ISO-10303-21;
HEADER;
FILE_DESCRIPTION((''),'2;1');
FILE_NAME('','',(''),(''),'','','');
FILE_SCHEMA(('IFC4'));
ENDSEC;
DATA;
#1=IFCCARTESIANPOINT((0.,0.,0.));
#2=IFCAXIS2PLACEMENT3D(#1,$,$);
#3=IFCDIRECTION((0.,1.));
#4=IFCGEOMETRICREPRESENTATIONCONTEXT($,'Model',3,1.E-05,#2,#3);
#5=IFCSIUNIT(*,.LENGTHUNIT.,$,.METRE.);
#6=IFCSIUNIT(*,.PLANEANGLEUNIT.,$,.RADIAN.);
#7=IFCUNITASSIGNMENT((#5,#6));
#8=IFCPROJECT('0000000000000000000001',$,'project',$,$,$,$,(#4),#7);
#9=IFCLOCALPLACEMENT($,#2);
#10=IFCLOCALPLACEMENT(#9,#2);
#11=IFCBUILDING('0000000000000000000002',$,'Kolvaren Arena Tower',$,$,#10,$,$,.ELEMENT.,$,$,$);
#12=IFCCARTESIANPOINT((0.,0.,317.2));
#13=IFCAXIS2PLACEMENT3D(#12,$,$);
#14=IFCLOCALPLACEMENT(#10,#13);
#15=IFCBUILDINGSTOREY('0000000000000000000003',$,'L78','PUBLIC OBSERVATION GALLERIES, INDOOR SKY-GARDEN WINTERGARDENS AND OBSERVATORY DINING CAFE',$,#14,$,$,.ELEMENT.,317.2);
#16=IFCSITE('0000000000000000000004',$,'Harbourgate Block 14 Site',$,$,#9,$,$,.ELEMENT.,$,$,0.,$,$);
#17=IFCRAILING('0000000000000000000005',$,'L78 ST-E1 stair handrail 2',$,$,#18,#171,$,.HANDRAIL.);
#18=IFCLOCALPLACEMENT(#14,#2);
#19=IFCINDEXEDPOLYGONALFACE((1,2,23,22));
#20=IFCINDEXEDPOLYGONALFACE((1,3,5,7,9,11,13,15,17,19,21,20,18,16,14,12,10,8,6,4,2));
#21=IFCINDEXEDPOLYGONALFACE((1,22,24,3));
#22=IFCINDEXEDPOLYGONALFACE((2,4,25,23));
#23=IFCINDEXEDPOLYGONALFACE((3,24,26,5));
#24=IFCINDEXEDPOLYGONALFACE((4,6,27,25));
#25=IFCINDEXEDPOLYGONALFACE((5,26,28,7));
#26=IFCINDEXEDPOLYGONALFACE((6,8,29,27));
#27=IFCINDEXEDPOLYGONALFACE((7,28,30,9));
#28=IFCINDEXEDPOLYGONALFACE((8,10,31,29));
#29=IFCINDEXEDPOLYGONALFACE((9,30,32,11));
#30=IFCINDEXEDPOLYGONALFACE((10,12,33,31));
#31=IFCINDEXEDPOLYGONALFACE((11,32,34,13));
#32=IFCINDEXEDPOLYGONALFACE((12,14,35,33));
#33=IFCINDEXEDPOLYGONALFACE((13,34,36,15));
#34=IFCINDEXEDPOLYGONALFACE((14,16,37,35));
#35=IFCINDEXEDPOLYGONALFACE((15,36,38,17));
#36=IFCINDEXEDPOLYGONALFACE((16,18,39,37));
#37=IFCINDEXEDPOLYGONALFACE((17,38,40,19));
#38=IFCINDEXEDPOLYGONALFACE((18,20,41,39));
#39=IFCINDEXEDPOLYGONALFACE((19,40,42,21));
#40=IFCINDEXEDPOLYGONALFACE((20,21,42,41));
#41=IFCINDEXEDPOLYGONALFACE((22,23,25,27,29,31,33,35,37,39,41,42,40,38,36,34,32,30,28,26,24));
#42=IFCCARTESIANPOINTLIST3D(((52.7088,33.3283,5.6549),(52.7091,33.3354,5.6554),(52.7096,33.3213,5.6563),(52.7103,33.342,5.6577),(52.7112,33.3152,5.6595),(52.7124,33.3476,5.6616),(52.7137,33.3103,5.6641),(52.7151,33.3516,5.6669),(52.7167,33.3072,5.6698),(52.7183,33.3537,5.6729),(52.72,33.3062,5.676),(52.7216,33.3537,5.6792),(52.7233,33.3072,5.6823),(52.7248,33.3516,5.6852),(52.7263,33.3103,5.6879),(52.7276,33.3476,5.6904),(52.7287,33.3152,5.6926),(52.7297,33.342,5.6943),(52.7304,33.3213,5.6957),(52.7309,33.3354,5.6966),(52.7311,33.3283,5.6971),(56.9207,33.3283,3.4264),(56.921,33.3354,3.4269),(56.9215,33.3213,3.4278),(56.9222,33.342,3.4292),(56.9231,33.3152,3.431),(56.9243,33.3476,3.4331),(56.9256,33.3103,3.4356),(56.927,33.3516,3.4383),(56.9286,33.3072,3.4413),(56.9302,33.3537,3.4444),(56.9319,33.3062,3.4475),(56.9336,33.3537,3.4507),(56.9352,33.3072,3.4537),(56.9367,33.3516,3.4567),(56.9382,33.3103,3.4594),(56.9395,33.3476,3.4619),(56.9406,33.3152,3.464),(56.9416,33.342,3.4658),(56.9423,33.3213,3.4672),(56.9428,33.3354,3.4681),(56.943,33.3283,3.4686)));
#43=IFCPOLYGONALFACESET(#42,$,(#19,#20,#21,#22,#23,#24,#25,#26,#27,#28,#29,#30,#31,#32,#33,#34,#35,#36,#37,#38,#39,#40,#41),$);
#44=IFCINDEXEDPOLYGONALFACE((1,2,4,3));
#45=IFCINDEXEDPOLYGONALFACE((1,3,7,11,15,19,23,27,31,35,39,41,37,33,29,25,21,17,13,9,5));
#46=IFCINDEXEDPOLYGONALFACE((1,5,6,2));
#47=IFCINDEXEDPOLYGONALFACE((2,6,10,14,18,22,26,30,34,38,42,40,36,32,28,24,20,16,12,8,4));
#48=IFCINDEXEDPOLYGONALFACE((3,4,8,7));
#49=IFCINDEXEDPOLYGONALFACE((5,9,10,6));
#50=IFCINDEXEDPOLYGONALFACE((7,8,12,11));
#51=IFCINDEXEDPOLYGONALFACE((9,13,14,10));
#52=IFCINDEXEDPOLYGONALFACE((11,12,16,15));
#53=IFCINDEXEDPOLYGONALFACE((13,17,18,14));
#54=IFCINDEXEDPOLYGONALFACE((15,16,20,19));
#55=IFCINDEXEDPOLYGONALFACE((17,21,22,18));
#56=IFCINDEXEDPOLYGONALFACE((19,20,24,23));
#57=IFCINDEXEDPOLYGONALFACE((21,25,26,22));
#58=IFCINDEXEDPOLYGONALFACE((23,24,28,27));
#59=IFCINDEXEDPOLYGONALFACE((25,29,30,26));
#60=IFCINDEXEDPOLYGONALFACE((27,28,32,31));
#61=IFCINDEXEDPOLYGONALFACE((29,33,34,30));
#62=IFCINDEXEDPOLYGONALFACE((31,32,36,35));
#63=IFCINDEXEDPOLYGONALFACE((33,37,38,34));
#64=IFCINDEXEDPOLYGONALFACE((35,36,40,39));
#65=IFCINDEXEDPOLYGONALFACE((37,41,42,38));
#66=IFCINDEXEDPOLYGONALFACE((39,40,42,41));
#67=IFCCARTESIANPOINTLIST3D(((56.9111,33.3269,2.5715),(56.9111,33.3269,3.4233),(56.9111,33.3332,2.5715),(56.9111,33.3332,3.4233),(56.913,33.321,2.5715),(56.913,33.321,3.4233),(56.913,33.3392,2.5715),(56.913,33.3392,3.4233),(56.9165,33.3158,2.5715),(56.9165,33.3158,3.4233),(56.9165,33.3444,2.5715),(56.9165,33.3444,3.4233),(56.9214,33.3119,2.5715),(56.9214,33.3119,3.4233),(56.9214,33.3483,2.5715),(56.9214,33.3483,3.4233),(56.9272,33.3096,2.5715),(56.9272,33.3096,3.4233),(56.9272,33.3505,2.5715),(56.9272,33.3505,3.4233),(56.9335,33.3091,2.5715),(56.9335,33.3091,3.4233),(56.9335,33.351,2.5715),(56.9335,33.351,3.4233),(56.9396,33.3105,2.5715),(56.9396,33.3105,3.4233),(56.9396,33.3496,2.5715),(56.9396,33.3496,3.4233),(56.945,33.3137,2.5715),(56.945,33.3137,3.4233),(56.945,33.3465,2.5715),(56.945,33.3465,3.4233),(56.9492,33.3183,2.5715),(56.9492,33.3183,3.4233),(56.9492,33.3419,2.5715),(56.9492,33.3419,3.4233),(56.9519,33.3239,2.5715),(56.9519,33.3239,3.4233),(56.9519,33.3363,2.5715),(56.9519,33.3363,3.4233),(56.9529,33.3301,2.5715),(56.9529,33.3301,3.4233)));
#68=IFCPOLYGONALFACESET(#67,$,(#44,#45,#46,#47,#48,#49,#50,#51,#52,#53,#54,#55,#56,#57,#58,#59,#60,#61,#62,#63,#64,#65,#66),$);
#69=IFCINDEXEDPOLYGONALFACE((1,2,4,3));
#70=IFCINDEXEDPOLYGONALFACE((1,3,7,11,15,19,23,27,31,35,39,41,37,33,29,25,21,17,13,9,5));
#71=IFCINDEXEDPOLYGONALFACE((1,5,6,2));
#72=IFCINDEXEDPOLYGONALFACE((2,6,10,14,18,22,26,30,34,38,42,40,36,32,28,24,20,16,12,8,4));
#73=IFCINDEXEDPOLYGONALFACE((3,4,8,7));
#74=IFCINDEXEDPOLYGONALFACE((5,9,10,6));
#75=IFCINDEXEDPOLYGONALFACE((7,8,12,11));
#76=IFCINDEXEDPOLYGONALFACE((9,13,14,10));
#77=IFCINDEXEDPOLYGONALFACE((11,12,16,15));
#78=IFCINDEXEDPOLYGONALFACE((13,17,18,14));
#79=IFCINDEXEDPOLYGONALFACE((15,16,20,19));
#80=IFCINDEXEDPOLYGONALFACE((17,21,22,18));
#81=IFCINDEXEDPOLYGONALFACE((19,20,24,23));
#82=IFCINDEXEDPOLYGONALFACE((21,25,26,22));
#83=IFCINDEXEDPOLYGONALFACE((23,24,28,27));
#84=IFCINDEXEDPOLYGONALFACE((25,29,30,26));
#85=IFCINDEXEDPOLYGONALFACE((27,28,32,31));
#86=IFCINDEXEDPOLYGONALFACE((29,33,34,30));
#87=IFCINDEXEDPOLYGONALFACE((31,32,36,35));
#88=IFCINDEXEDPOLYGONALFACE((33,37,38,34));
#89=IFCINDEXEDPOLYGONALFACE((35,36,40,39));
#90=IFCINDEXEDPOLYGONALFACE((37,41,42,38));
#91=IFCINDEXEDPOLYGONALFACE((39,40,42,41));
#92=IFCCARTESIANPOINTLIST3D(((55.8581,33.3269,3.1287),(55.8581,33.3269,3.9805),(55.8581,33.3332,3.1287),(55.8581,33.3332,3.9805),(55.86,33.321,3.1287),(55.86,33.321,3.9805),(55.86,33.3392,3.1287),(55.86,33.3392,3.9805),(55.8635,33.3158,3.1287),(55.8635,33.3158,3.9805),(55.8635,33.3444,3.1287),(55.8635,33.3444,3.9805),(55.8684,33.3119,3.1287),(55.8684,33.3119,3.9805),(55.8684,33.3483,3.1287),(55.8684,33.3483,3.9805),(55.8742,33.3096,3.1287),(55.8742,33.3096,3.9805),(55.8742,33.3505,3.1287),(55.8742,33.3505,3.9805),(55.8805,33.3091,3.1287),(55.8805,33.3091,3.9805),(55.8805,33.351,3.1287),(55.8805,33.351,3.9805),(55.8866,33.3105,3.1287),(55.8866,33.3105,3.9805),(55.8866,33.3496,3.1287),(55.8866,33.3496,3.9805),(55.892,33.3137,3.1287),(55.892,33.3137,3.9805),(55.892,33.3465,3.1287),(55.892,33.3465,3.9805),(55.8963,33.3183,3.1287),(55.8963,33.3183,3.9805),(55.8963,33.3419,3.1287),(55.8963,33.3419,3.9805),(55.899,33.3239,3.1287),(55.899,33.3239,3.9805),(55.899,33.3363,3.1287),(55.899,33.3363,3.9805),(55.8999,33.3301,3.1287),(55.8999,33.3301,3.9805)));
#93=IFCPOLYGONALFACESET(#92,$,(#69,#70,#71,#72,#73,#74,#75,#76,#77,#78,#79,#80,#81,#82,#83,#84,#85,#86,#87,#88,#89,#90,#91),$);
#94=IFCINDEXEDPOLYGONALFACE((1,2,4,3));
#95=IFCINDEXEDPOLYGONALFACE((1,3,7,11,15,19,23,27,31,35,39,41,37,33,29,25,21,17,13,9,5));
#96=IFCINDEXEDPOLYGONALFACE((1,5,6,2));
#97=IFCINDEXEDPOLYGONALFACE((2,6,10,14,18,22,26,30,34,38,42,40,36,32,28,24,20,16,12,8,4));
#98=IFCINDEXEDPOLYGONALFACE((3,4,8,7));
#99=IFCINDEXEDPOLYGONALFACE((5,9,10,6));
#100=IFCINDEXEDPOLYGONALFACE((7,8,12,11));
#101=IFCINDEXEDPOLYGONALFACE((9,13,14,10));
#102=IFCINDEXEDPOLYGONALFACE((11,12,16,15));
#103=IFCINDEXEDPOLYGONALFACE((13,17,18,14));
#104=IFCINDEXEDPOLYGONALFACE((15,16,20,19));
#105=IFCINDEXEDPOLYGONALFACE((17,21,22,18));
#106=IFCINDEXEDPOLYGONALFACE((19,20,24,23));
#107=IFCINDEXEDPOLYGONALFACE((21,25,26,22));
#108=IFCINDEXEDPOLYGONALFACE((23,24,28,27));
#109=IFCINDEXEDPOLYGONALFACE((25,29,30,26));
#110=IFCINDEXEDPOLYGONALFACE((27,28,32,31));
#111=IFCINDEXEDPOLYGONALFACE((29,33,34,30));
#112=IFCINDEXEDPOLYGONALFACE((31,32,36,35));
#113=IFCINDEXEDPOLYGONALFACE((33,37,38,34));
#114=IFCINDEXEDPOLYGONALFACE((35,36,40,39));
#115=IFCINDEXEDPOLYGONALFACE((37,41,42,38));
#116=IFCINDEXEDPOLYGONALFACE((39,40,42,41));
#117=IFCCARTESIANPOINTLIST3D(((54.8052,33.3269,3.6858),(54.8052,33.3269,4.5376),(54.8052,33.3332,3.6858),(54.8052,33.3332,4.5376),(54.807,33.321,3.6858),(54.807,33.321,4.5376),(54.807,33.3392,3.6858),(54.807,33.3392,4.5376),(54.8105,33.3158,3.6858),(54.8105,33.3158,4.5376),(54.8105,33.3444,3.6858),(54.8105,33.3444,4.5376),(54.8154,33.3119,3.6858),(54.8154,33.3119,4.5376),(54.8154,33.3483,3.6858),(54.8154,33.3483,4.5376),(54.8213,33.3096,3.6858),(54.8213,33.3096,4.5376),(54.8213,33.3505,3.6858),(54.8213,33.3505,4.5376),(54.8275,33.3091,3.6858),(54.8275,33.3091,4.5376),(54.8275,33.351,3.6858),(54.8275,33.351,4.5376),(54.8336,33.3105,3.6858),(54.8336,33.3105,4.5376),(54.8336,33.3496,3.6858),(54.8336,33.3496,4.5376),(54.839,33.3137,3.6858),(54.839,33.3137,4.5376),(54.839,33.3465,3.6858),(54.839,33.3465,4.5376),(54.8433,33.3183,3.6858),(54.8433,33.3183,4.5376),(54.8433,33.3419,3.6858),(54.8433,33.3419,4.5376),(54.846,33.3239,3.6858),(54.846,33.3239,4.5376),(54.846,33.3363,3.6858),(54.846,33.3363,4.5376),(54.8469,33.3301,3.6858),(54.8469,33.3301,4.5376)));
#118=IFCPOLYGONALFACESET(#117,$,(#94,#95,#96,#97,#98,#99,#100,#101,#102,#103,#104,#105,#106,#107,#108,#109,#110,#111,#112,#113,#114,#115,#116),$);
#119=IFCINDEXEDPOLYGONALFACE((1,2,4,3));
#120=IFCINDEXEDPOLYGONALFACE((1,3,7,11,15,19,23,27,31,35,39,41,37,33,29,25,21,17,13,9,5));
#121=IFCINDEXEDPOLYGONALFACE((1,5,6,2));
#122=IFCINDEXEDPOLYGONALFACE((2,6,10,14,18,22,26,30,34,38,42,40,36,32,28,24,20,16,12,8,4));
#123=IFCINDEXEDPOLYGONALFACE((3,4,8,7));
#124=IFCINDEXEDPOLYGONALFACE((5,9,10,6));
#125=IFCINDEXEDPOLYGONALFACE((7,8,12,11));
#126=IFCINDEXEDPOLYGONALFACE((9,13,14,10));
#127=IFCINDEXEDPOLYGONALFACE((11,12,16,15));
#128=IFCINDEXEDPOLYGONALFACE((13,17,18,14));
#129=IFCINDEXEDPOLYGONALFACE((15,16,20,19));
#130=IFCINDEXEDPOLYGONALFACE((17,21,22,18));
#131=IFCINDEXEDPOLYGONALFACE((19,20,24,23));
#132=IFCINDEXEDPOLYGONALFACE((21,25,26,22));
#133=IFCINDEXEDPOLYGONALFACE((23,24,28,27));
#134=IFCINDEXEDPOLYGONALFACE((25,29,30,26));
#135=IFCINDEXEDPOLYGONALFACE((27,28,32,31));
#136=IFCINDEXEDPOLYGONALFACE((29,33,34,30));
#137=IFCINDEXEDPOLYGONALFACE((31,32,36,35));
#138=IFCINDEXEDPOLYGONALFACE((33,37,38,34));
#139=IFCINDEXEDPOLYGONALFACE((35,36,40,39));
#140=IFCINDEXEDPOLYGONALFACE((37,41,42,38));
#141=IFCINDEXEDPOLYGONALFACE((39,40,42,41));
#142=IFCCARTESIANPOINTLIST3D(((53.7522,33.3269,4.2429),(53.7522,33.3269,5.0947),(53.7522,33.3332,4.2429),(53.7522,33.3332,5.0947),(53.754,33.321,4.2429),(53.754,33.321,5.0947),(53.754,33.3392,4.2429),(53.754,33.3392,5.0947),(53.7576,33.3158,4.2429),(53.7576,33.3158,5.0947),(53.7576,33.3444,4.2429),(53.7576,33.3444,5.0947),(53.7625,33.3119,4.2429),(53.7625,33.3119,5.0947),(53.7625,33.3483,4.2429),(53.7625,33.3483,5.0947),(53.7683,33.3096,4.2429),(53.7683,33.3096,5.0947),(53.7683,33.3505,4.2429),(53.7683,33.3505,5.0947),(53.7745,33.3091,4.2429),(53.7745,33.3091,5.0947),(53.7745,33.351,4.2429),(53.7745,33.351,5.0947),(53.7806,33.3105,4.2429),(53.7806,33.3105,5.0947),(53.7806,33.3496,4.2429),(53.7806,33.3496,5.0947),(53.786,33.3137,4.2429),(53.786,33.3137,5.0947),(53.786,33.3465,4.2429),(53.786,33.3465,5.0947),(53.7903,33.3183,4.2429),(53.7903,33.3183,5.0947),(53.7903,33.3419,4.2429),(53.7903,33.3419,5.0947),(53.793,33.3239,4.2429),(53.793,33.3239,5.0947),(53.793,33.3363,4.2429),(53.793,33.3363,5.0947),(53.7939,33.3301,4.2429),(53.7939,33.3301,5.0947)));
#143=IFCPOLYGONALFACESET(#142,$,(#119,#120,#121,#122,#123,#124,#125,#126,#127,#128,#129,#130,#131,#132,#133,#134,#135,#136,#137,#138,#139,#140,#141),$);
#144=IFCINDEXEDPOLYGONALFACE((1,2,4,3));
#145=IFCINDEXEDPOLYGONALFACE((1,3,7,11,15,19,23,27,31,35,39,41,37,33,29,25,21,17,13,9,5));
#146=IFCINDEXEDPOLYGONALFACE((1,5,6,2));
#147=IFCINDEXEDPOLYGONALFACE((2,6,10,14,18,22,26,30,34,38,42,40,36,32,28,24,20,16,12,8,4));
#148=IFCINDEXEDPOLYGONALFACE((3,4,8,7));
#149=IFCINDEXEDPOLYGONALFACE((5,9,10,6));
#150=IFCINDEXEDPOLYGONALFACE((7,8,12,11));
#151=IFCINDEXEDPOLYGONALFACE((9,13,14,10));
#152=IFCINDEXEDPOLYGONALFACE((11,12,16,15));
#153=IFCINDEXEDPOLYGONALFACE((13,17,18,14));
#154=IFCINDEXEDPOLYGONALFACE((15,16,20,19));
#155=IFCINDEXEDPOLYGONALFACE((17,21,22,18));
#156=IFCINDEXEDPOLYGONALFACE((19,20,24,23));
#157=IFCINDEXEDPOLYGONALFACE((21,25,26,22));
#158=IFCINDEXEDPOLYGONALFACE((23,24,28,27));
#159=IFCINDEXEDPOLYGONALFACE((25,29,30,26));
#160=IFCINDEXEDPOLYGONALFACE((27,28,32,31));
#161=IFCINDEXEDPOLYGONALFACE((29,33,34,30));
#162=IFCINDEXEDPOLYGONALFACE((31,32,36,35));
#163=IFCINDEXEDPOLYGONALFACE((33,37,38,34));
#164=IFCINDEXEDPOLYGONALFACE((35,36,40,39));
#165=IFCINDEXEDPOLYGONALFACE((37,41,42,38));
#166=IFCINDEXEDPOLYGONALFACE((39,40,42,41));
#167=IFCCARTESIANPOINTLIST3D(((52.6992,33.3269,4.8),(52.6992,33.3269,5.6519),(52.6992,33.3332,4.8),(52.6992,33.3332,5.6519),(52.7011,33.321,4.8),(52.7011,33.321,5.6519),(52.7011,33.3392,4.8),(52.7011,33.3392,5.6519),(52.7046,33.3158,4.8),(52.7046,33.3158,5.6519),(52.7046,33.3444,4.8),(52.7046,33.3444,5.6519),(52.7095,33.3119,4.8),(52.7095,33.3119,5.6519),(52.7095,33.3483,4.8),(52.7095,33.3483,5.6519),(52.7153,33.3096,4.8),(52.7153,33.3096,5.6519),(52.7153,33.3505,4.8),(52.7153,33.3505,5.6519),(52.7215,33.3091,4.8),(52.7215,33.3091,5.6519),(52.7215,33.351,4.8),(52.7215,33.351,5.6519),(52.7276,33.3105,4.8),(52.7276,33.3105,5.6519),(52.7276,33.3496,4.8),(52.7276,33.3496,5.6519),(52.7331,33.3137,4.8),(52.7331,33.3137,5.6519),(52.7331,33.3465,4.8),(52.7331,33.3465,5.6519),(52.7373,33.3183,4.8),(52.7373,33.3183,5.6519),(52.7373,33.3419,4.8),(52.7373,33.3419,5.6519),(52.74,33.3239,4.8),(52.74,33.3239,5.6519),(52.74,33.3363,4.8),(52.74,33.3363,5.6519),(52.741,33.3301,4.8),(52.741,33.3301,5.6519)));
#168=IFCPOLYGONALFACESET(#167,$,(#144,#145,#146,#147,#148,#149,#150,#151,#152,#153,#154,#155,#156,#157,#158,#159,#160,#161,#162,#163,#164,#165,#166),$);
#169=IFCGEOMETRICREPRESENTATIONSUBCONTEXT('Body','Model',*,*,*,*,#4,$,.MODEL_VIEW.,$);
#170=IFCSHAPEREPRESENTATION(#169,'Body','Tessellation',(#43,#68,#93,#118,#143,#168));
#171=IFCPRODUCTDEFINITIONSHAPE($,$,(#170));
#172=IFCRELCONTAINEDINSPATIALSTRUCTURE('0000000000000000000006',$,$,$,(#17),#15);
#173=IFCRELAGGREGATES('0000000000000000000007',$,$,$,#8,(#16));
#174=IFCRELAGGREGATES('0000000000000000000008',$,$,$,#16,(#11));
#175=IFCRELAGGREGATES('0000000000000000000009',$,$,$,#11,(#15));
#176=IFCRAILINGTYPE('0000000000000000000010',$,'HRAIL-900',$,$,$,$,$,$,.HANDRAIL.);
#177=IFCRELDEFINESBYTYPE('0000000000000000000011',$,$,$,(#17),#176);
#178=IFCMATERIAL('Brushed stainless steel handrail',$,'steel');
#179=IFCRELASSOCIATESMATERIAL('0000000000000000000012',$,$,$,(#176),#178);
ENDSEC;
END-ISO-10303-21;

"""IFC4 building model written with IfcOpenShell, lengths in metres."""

from ifc_helpers import new_model, si_unit, direction, frame, origin, origin_2d, place, context, subcontext, project, spatial, circle, extrude, material, type_object, element, save


model = new_model("IFC4")

# Units and contexts
model_context = context("Model", 3, precision=1e-05, world=origin(), true_north=direction((0.0, 1.0)))
body_context = subcontext(model_context, "Body", "Model", "MODEL_VIEW")
ifc_project = project(units=[si_unit("LENGTHUNIT", "METRE"), si_unit("PLANEANGLEUNIT", "RADIAN")], contexts=[model_context])

# Site, building, storey
site_placement = place(None, origin())
site = spatial("IfcSite", under=ifc_project, at=site_placement, Name="Harbourgate Block 14 Site", CompositionType="ELEMENT", RefElevation=0.0)
building_placement = place(site_placement, origin())
building = spatial("IfcBuilding", under=site, at=building_placement, Name="Kolvaren Arena Tower", CompositionType="ELEMENT")
storey_placement = place(building_placement, frame((0.0, 0.0, 317.2)))
storey = spatial("IfcBuildingStorey", under=building, at=storey_placement, Name="L78", Description="PUBLIC OBSERVATION GALLERIES, INDOOR SKY-GARDEN WINTERGARDENS AND OBSERVATORY DINING CAFE", CompositionType="ELEMENT", Elevation=317.2)

# Railing
ifc_material_1 = material(Name="Brushed stainless steel handrail", Category="steel")
railing_type_1 = type_object("IfcRailingType", Name="HRAIL-900", PredefinedType="HANDRAIL", material=ifc_material_1)
railing_1_placement = place(storey_placement, frame((56.9319, 33.3301, 2.5715)))
element("IfcRailing", 1, at=railing_1_placement, inside=storey, type_object=railing_type_1, Name="L78 ST-E1 stair handrail 2", PredefinedType="HANDRAIL", context=body_context, shape_type="SweptSolid", body=[
    extrude(circle(Radius=0.0239, at=origin_2d()), frame((0.0, 0.0, 0.876), z_axis=(-0.883903, 0.0, 0.467671), x_axis=(0.0, -1.0, 0.0)), (0.0, 0.0, 1.0), 4.7651),
    extrude(circle(Radius=0.021, at=origin_2d()), origin(), (0.0, 0.0, 1.0), 0.8518),
    extrude(circle(Radius=0.021, at=origin_2d()), frame((-1.053, 0.0, 0.5571)), (0.0, 0.0, 1.0), 0.8518),
    extrude(circle(Radius=0.021, at=origin_2d()), frame((-2.106, 0.0, 1.1143)), (0.0, 0.0, 1.0), 0.8518),
    extrude(circle(Radius=0.021, at=origin_2d()), frame((-3.1589, 0.0, 1.6714)), (0.0, 0.0, 1.0), 0.8518),
    extrude(circle(Radius=0.021, at=origin_2d()), frame((-4.2119, 0.0, 2.2285)), (0.0, 0.0, 1.0), 0.8518),
])

save(model, "model.ifc")
